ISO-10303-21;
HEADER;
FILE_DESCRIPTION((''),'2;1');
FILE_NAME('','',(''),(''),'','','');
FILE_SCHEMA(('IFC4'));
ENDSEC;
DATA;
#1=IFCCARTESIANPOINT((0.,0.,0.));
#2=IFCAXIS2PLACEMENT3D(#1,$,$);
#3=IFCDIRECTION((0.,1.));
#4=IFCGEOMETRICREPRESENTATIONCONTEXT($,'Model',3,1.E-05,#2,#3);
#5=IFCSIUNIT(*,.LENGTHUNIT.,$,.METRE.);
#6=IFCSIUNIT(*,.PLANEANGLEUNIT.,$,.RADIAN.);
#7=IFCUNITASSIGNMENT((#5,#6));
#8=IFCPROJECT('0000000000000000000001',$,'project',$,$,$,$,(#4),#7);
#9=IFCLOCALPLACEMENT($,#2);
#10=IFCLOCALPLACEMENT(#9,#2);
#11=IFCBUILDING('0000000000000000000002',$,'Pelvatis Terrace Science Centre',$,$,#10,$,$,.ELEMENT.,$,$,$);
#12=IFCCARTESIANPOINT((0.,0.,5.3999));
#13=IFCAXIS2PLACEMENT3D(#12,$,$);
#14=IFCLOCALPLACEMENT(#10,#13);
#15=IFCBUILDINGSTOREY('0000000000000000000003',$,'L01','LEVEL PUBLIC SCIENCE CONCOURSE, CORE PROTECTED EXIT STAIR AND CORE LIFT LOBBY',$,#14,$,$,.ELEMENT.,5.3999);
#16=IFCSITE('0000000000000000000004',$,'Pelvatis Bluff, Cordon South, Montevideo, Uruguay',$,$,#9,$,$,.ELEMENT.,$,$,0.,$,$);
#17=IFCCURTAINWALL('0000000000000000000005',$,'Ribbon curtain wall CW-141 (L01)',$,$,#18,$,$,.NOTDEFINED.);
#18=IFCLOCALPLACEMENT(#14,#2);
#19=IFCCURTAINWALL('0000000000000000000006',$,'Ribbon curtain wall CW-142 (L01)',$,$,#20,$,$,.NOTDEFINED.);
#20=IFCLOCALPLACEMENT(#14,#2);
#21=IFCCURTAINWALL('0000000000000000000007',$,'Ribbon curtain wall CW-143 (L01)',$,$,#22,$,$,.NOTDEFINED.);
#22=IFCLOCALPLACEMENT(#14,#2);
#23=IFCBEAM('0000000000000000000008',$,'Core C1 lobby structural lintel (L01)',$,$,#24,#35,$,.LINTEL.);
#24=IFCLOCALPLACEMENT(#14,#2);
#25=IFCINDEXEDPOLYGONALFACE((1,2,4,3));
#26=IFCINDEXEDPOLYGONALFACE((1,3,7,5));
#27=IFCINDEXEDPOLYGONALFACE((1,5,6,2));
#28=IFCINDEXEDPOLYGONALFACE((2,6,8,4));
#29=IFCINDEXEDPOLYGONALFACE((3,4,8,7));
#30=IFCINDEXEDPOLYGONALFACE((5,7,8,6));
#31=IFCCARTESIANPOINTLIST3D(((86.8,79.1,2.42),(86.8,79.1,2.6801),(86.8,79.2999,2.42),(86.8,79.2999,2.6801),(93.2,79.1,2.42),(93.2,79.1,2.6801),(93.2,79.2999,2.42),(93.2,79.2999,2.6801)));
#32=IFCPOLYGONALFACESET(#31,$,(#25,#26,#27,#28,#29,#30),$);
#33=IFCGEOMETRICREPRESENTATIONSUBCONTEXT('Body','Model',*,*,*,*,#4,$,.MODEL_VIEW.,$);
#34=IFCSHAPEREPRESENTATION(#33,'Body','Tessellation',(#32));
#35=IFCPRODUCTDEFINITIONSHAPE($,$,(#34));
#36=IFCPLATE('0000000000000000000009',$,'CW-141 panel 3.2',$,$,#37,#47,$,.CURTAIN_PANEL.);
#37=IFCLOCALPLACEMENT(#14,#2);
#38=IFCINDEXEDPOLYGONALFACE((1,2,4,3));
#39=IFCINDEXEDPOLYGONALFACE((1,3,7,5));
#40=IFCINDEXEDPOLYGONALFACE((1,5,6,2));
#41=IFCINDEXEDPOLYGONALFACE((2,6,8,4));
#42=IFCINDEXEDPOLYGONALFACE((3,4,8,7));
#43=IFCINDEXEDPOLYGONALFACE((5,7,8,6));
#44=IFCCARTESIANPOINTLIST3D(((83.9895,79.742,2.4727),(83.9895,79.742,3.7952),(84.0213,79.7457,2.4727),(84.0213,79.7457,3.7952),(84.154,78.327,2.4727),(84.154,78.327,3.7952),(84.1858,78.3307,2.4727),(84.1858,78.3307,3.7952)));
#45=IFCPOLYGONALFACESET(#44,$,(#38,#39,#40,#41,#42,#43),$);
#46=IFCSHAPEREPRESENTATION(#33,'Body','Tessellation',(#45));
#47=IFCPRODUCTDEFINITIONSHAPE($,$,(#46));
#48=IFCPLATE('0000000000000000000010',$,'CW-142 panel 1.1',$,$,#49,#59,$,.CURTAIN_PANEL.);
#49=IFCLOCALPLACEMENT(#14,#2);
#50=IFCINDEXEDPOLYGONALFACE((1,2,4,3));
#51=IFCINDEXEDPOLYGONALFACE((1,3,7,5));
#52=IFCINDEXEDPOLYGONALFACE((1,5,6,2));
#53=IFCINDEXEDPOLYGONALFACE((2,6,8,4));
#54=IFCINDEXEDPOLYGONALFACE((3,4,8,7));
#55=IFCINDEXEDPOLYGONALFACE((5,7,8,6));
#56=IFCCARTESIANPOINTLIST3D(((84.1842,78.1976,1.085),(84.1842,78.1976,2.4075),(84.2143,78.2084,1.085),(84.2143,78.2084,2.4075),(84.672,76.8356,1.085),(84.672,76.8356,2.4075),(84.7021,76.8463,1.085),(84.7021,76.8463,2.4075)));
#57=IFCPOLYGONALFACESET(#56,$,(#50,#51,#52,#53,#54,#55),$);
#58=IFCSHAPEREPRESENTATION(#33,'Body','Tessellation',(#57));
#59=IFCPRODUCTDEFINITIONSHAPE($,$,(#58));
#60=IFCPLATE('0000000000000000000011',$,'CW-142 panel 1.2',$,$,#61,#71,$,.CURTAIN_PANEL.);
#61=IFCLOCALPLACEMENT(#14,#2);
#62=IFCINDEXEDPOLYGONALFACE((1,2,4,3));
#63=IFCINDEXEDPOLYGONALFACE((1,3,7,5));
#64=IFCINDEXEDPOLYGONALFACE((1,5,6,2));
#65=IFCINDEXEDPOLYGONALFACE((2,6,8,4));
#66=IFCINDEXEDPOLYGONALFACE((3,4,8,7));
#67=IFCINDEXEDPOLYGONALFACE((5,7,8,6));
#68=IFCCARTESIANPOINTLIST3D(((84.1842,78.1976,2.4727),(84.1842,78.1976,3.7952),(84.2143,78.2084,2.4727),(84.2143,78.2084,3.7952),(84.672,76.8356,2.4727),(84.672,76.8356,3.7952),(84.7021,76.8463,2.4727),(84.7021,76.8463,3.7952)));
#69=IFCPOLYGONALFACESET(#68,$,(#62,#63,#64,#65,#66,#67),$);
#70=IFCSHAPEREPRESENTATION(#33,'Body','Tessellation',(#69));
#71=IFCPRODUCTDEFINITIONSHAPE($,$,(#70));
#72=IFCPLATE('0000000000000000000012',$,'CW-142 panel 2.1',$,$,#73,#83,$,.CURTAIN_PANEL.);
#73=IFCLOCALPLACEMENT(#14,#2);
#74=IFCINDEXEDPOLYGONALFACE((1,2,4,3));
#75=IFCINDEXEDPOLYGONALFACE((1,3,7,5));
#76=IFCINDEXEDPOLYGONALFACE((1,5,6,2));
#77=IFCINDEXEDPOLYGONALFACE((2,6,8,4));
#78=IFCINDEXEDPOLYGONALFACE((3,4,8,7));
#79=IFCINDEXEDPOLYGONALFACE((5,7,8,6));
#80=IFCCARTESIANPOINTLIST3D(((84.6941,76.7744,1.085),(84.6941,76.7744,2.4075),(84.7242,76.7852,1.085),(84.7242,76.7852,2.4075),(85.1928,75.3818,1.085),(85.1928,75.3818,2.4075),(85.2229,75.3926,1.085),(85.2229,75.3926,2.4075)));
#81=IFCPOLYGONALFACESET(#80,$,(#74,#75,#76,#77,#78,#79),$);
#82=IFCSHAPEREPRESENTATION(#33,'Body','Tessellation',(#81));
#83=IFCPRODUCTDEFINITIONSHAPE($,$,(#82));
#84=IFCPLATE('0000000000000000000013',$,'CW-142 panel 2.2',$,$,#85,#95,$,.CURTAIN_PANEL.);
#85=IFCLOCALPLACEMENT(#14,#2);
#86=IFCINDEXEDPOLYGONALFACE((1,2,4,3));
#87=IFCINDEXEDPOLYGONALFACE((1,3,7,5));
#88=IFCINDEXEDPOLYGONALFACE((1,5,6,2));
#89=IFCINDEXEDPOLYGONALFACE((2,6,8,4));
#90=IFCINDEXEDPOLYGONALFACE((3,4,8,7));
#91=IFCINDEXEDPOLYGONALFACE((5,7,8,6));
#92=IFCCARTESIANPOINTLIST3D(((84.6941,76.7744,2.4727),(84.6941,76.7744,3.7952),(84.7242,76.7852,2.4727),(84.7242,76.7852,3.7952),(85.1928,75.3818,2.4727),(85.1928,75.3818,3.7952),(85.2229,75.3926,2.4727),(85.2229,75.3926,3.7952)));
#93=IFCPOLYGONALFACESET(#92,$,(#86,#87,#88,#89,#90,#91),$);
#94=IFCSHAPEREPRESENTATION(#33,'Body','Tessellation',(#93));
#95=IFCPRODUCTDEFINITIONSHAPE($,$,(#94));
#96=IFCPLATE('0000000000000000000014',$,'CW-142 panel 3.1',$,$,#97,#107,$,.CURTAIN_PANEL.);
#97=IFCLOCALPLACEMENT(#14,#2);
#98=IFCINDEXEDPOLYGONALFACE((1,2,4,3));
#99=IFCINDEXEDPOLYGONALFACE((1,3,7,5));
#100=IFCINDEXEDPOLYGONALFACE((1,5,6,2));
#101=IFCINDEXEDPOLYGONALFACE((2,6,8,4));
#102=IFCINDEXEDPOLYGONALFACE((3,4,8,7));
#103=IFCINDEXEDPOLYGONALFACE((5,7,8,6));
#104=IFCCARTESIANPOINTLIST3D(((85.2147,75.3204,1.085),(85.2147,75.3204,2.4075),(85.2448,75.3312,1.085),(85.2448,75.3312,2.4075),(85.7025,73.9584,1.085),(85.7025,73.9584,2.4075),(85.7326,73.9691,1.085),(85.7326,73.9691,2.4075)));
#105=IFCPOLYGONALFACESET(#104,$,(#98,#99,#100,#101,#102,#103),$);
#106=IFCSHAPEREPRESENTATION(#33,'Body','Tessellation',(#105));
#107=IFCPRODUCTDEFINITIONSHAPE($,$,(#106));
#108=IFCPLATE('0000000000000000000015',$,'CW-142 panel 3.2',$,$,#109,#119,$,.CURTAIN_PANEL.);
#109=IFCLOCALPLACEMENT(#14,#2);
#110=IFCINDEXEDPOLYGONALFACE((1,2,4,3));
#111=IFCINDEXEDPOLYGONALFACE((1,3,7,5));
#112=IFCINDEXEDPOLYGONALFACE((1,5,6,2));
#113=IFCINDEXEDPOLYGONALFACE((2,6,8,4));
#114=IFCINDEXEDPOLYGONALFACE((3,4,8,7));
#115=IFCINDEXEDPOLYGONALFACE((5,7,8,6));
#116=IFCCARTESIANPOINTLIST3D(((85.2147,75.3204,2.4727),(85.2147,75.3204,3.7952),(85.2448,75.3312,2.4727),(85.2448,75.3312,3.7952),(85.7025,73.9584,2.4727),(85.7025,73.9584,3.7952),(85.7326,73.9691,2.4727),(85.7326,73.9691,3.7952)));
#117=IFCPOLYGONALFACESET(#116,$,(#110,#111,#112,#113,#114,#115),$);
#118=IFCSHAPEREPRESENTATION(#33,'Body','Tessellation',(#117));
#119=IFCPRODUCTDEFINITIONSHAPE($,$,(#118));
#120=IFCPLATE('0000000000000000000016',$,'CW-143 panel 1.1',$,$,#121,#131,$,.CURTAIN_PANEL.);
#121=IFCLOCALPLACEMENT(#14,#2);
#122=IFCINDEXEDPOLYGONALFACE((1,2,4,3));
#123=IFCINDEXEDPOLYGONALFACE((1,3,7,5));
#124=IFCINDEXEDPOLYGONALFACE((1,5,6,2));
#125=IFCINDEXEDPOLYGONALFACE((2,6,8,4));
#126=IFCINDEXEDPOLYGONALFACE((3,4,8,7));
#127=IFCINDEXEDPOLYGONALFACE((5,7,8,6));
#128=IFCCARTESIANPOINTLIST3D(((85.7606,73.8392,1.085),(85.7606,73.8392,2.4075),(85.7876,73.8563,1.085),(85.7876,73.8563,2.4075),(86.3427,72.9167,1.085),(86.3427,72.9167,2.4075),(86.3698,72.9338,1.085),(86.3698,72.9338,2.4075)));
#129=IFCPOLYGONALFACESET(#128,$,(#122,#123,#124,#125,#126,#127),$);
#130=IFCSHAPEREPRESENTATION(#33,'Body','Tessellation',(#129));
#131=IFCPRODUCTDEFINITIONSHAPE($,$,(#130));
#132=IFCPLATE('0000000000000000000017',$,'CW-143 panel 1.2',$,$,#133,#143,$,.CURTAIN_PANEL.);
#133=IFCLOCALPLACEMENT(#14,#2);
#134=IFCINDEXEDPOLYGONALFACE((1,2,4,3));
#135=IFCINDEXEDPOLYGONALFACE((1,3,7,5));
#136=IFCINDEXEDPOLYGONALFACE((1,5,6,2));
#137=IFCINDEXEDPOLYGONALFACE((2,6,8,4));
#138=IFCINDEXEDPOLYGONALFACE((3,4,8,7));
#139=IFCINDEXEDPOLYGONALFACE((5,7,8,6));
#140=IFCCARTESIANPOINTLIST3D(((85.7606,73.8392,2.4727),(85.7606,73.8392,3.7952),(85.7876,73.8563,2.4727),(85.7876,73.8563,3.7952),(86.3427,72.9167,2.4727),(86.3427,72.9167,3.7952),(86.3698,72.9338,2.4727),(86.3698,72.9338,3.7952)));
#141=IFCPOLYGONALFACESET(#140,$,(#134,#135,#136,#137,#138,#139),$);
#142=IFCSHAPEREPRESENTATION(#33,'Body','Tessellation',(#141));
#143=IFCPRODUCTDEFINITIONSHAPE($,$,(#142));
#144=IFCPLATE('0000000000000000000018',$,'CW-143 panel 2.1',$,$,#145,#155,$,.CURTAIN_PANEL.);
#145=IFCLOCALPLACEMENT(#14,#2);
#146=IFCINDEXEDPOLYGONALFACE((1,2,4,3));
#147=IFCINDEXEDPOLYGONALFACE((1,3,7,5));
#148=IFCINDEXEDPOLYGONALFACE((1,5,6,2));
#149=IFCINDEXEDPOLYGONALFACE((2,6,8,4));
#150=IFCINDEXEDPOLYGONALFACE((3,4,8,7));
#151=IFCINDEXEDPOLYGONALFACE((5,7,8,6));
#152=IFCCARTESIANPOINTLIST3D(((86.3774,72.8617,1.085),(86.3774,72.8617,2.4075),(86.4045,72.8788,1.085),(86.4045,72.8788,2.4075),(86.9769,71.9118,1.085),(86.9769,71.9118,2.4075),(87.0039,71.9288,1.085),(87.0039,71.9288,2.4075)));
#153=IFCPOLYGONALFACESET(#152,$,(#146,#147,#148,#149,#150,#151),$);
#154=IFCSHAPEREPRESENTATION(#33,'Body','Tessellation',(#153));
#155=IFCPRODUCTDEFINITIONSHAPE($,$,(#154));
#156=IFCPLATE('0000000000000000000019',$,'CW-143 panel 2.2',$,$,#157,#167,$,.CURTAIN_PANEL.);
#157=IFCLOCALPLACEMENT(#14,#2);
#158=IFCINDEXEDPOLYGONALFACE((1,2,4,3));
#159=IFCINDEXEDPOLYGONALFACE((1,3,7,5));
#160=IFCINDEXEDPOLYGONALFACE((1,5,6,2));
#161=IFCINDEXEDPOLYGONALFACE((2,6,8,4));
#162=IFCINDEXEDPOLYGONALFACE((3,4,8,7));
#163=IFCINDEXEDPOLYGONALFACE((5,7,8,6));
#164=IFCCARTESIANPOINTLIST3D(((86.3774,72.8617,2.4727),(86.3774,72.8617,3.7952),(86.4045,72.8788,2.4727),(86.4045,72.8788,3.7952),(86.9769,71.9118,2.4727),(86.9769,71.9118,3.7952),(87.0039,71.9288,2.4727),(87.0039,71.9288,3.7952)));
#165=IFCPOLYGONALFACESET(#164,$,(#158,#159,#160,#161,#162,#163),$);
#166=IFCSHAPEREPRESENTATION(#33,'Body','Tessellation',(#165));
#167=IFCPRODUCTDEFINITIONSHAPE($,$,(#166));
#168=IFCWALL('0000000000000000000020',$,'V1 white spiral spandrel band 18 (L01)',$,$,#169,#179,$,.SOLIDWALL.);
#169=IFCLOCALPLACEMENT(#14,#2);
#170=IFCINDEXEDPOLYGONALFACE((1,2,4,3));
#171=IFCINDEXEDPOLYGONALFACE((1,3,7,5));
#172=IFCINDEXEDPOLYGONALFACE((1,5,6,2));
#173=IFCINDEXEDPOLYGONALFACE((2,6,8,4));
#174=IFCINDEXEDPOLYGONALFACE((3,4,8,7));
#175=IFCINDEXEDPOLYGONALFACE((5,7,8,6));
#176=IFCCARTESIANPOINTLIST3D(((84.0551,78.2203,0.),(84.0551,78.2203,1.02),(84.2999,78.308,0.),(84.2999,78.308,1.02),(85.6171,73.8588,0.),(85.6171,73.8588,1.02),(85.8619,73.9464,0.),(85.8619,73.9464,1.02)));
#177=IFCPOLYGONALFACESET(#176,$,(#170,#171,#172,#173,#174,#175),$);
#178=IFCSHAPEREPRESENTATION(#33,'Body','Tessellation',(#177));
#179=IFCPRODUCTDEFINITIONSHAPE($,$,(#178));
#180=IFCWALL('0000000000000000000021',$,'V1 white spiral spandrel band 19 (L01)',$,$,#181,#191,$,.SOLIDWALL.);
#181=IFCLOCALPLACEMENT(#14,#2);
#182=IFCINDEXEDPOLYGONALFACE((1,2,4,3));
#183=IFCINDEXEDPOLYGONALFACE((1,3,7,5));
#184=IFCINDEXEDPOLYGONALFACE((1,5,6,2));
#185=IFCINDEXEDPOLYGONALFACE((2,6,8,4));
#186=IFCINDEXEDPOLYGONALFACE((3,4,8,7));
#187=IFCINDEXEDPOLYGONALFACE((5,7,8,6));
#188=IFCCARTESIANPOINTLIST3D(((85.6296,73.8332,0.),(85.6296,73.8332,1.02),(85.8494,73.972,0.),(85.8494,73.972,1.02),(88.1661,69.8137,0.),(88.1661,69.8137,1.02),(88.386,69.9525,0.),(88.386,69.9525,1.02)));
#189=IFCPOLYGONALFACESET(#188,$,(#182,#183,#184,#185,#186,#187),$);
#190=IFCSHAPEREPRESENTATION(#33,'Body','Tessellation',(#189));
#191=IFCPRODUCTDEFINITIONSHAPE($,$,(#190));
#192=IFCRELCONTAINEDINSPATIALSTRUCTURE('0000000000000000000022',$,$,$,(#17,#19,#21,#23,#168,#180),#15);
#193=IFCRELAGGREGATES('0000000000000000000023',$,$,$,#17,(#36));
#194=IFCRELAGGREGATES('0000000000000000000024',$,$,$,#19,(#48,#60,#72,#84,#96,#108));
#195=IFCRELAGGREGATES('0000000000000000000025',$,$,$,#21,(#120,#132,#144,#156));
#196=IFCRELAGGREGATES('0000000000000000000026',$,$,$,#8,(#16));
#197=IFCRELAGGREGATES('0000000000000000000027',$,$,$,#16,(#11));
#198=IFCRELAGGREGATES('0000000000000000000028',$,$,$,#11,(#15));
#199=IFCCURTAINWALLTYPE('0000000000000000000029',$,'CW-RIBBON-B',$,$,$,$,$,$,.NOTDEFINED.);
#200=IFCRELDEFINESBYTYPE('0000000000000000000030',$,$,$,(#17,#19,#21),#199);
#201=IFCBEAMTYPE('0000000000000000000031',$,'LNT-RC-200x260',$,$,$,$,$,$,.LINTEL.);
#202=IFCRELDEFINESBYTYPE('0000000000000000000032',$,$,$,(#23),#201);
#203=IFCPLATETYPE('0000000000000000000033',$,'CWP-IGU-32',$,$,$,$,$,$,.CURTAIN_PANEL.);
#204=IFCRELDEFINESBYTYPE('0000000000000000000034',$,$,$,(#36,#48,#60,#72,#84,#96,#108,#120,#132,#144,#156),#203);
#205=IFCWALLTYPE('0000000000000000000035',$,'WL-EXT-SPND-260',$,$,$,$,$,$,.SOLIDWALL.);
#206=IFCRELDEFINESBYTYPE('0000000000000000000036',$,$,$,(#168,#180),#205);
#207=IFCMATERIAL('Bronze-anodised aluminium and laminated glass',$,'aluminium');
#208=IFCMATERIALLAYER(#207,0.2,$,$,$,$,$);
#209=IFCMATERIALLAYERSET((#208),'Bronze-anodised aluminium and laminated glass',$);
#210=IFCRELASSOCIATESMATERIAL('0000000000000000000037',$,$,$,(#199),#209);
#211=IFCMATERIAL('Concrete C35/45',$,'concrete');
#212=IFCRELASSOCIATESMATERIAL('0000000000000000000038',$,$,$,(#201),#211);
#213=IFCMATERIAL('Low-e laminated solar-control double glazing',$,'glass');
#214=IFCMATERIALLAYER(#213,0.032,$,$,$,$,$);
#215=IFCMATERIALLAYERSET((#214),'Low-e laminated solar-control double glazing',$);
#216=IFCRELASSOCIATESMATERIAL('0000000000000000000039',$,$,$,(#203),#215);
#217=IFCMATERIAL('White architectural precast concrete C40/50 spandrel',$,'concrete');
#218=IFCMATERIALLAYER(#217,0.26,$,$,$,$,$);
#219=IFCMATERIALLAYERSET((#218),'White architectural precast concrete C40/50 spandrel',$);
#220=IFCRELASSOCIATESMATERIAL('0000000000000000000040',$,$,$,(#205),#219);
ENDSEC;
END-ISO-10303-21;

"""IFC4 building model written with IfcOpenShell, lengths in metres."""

from ifc_helpers import new_model, si_unit, direction, frame, frame_2d, origin, origin_2d, place, context, subcontext, project, spatial, rectangle, extrude, material, layer, layer_set, material_profile, profile_set, type_object, element, aggregate, save


model = new_model("IFC4")

# Units and contexts
model_context = context("Model", 3, precision=1e-05, world=origin(), true_north=direction((0.0, 1.0)))
body_context = subcontext(model_context, "Body", "Model", "MODEL_VIEW")
ifc_project = project(units=[si_unit("LENGTHUNIT", "METRE"), si_unit("PLANEANGLEUNIT", "RADIAN")], contexts=[model_context])

# Site, building, storey
site_placement = place(None, origin())
site = spatial("IfcSite", under=ifc_project, at=site_placement, Name="Pelvatis Bluff, Cordon South, Montevideo, Uruguay", CompositionType="ELEMENT", RefElevation=0.0)
building_placement = place(site_placement, origin())
building = spatial("IfcBuilding", under=site, at=building_placement, Name="Pelvatis Terrace Science Centre", CompositionType="ELEMENT")
storey_placement = place(building_placement, frame((0.0, 0.0, 5.3999)))
storey = spatial("IfcBuildingStorey", under=building, at=storey_placement, Name="L01", Description="LEVEL PUBLIC SCIENCE CONCOURSE, CORE PROTECTED EXIT STAIR AND CORE LIFT LOBBY", CompositionType="ELEMENT", Elevation=5.3999)

# Curtain wall
ifc_material_1 = material(Name="Bronze-anodised aluminium and laminated glass", Category="aluminium")
ifc_layer_1 = layer(ifc_material_1, 0.2)
ifc_layer_set_1 = layer_set([ifc_layer_1], Name="Bronze-anodised aluminium and laminated glass")
curtain_wall_type = type_object("IfcCurtainWallType", Name="CW-RIBBON-B", PredefinedType="NOTDEFINED", material=ifc_layer_set_1)
curtain_wall_1_placement = place(storey_placement, origin())
curtain_wall_1 = element("IfcCurtainWall", 1, at=curtain_wall_1_placement, inside=storey, type_object=curtain_wall_type, Name="Ribbon curtain wall CW-141 (L01)", PredefinedType="NOTDEFINED")

# Curtain walls
curtain_wall_2_placement = place(storey_placement, origin())
curtain_wall_2 = element("IfcCurtainWall", 2, at=curtain_wall_2_placement, inside=storey, type_object=curtain_wall_type, Name="Ribbon curtain wall CW-142 (L01)", PredefinedType="NOTDEFINED")
curtain_wall_3_placement = place(storey_placement, origin())
curtain_wall_3 = element("IfcCurtainWall", 3, at=curtain_wall_3_placement, inside=storey, type_object=curtain_wall_type, Name="Ribbon curtain wall CW-143 (L01)", PredefinedType="NOTDEFINED")

# Beam
ifc_material_2 = material(Name="Concrete C35/45", Category="concrete")
ifc_material_profile_1 = material_profile(ifc_material_2, rectangle(XDim=0.2, YDim=0.26, at=origin_2d()), Name="RC-LNT 200x260")
ifc_profile_set_1 = profile_set([ifc_material_profile_1], Name="Concrete C35/45")
beam_type = type_object("IfcBeamType", Name="LNT-RC-200x260", PredefinedType="LINTEL", material=ifc_profile_set_1)
beam_placement = place(storey_placement, frame((86.8, 79.2, 2.55), z_axis=(1.0, 0.0, 0.0), x_axis=(0.0, 1.0, 0.0)))
element("IfcBeam", 4, at=beam_placement, inside=storey, type_object=beam_type, Name="Core C1 lobby structural lintel (L01)", PredefinedType="LINTEL", context=body_context, shape_type="SweptSolid", body=[
    extrude(rectangle(XDim=0.2, YDim=0.26, at=origin_2d()), origin(), (0.0, 0.0, 1.0), 6.3999),
])

# Plates
ifc_material_3 = material(Name="Low-e laminated solar-control double glazing", Category="glass")
ifc_layer_2 = layer(ifc_material_3, 0.032)
ifc_layer_set_2 = layer_set([ifc_layer_2], Name="Low-e laminated solar-control double glazing")
plate_type = type_object("IfcPlateType", Name="CWP-IGU-32", PredefinedType="CURTAIN_PANEL", material=ifc_layer_set_2)
plate_1_placement = place(storey_placement, frame((84.0876, 79.0364, 2.4727), z_axis=(0.0, 0.0, 1.0), x_axis=(0.115497, -0.993308, 0.0)))
plate_1 = element("IfcPlate", 5, at=plate_1_placement, type_object=plate_type, Name="CW-141 panel 3.2", PredefinedType="CURTAIN_PANEL", context=body_context, shape_type="SweptSolid", body=[
    extrude(rectangle(XDim=1.4246, YDim=0.032, at=origin_2d()), origin(), (0.0, 0.0, 1.0), 1.3225),
])
aggregate(curtain_wall_1, [plate_1])
plate_2_placement = place(storey_placement, frame((84.4431, 77.522, 1.085), z_axis=(0.0, 0.0, 1.0), x_axis=(0.337176, -0.941442, 0.0)))
plate_2 = element("IfcPlate", 6, at=plate_2_placement, type_object=plate_type, Name="CW-142 panel 1.1", PredefinedType="CURTAIN_PANEL", context=body_context, shape_type="SweptSolid", body=[
    extrude(rectangle(XDim=1.4468, YDim=0.032, at=origin_2d()), origin(), (0.0, 0.0, 1.0), 1.3225),
])
plate_3_placement = place(storey_placement, frame((84.4431, 77.522, 2.4727), z_axis=(0.0, 0.0, 1.0), x_axis=(0.337176, -0.941442, 0.0)))
plate_3 = element("IfcPlate", 7, at=plate_3_placement, type_object=plate_type, Name="CW-142 panel 1.2", PredefinedType="CURTAIN_PANEL", context=body_context, shape_type="SweptSolid", body=[
    extrude(rectangle(XDim=1.4468, YDim=0.032, at=origin_2d()), origin(), (0.0, 0.0, 1.0), 1.3225),
])
plate_4_placement = place(storey_placement, frame((84.9585, 76.0835, 1.085), z_axis=(0.0, 0.0, 1.0), x_axis=(0.337176, -0.941442, 0.0)))
plate_4 = element("IfcPlate", 8, at=plate_4_placement, type_object=plate_type, Name="CW-142 panel 2.1", PredefinedType="CURTAIN_PANEL", context=body_context, shape_type="SweptSolid", body=[
    extrude(rectangle(XDim=1.4792, YDim=0.032, at=origin_2d()), origin(), (0.0, 0.0, 1.0), 1.3225),
])
plate_5_placement = place(storey_placement, frame((84.9585, 76.0835, 2.4727), z_axis=(0.0, 0.0, 1.0), x_axis=(0.337176, -0.941442, 0.0)))
plate_5 = element("IfcPlate", 9, at=plate_5_placement, type_object=plate_type, Name="CW-142 panel 2.2", PredefinedType="CURTAIN_PANEL", context=body_context, shape_type="SweptSolid", body=[
    extrude(rectangle(XDim=1.4792, YDim=0.032, at=origin_2d()), origin(), (0.0, 0.0, 1.0), 1.3225),
])
plate_6_placement = place(storey_placement, frame((85.4736, 74.6448, 1.085), z_axis=(0.0, 0.0, 1.0), x_axis=(0.337176, -0.941442, 0.0)))
plate_6 = element("IfcPlate", 10, at=plate_6_placement, type_object=plate_type, Name="CW-142 panel 3.1", PredefinedType="CURTAIN_PANEL", context=body_context, shape_type="SweptSolid", body=[
    extrude(rectangle(XDim=1.4468, YDim=0.032, at=origin_2d()), origin(), (0.0, 0.0, 1.0), 1.3225),
])
plate_7_placement = place(storey_placement, frame((85.4736, 74.6448, 2.4727), z_axis=(0.0, 0.0, 1.0), x_axis=(0.337176, -0.941442, 0.0)))
plate_7 = element("IfcPlate", 11, at=plate_7_placement, type_object=plate_type, Name="CW-142 panel 3.2", PredefinedType="CURTAIN_PANEL", context=body_context, shape_type="SweptSolid", body=[
    extrude(rectangle(XDim=1.4468, YDim=0.032, at=origin_2d()), origin(), (0.0, 0.0, 1.0), 1.3225),
])
aggregate(curtain_wall_2, [plate_2, plate_3, plate_4, plate_5, plate_6, plate_7])
plate_8_placement = place(storey_placement, frame((86.0652, 73.3865, 1.085), z_axis=(0.0, 0.0, 1.0), x_axis=(0.533693, -0.845678, 0.0)))
plate_8 = element("IfcPlate", 12, at=plate_8_placement, type_object=plate_type, Name="CW-143 panel 1.1", PredefinedType="CURTAIN_PANEL", context=body_context, shape_type="SweptSolid", body=[
    extrude(rectangle(XDim=1.0908, YDim=0.032, at=origin_2d()), origin(), (0.0, 0.0, 1.0), 1.3225),
])
plate_9_placement = place(storey_placement, frame((86.0652, 73.3865, 2.4727), z_axis=(0.0, 0.0, 1.0), x_axis=(0.533693, -0.845678, 0.0)))
plate_9 = element("IfcPlate", 13, at=plate_9_placement, type_object=plate_type, Name="CW-143 panel 1.2", PredefinedType="CURTAIN_PANEL", context=body_context, shape_type="SweptSolid", body=[
    extrude(rectangle(XDim=1.0908, YDim=0.032, at=origin_2d()), origin(), (0.0, 0.0, 1.0), 1.3225),
])
plate_10_placement = place(storey_placement, frame((86.6907, 72.3953, 1.085), z_axis=(0.0, 0.0, 1.0), x_axis=(0.533693, -0.845678, 0.0)))
plate_10 = element("IfcPlate", 14, at=plate_10_placement, type_object=plate_type, Name="CW-143 panel 2.1", PredefinedType="CURTAIN_PANEL", context=body_context, shape_type="SweptSolid", body=[
    extrude(rectangle(XDim=1.1233, YDim=0.032, at=origin_2d()), origin(), (0.0, 0.0, 1.0), 1.3225),
])
plate_11_placement = place(storey_placement, frame((86.6907, 72.3953, 2.4727), z_axis=(0.0, 0.0, 1.0), x_axis=(0.533693, -0.845678, 0.0)))
plate_11 = element("IfcPlate", 15, at=plate_11_placement, type_object=plate_type, Name="CW-143 panel 2.2", PredefinedType="CURTAIN_PANEL", context=body_context, shape_type="SweptSolid", body=[
    extrude(rectangle(XDim=1.1233, YDim=0.032, at=origin_2d()), origin(), (0.0, 0.0, 1.0), 1.3225),
])
aggregate(curtain_wall_3, [plate_8, plate_9, plate_10, plate_11])

# Walls
ifc_material_4 = material(Name="White architectural precast concrete C40/50 spandrel", Category="concrete")
ifc_layer_3 = layer(ifc_material_4, 0.26)
ifc_layer_set_3 = layer_set([ifc_layer_3], Name="White architectural precast concrete C40/50 spandrel")
wall_type_1 = type_object("IfcWallType", Name="WL-EXT-SPND-260", PredefinedType="SOLIDWALL", material=ifc_layer_set_3)
wall_1_placement = place(storey_placement, frame((84.1775, 78.2642, 0.0), z_axis=(0.0, 0.0, 1.0), x_axis=(0.337161, -0.941447, 0.0)))
element("IfcWall", 16, at=wall_1_placement, inside=storey, type_object=wall_type_1, Name="V1 white spiral spandrel band 18 (L01)", PredefinedType="SOLIDWALL", context=body_context, shape_type="SweptSolid", body=[
    extrude(rectangle(XDim=4.6328, YDim=0.26, at=frame_2d((2.3164, 0.0))), origin(), (0.0, 0.0, 1.0), 1.02),
])
wall_2_placement = place(storey_placement, frame((85.7395, 73.9026, 0.0), z_axis=(0.0, 0.0, 1.0), x_axis=(0.533688, -0.845682, 0.0)))
element("IfcWall", 17, at=wall_2_placement, inside=storey, type_object=wall_type_1, Name="V1 white spiral spandrel band 19 (L01)", PredefinedType="SOLIDWALL", context=body_context, shape_type="SweptSolid", body=[
    extrude(rectangle(XDim=4.7529, YDim=0.26, at=frame_2d((2.3765, 0.0))), origin(), (0.0, 0.0, 1.0), 1.02),
])

save(model, "model.ifc")
